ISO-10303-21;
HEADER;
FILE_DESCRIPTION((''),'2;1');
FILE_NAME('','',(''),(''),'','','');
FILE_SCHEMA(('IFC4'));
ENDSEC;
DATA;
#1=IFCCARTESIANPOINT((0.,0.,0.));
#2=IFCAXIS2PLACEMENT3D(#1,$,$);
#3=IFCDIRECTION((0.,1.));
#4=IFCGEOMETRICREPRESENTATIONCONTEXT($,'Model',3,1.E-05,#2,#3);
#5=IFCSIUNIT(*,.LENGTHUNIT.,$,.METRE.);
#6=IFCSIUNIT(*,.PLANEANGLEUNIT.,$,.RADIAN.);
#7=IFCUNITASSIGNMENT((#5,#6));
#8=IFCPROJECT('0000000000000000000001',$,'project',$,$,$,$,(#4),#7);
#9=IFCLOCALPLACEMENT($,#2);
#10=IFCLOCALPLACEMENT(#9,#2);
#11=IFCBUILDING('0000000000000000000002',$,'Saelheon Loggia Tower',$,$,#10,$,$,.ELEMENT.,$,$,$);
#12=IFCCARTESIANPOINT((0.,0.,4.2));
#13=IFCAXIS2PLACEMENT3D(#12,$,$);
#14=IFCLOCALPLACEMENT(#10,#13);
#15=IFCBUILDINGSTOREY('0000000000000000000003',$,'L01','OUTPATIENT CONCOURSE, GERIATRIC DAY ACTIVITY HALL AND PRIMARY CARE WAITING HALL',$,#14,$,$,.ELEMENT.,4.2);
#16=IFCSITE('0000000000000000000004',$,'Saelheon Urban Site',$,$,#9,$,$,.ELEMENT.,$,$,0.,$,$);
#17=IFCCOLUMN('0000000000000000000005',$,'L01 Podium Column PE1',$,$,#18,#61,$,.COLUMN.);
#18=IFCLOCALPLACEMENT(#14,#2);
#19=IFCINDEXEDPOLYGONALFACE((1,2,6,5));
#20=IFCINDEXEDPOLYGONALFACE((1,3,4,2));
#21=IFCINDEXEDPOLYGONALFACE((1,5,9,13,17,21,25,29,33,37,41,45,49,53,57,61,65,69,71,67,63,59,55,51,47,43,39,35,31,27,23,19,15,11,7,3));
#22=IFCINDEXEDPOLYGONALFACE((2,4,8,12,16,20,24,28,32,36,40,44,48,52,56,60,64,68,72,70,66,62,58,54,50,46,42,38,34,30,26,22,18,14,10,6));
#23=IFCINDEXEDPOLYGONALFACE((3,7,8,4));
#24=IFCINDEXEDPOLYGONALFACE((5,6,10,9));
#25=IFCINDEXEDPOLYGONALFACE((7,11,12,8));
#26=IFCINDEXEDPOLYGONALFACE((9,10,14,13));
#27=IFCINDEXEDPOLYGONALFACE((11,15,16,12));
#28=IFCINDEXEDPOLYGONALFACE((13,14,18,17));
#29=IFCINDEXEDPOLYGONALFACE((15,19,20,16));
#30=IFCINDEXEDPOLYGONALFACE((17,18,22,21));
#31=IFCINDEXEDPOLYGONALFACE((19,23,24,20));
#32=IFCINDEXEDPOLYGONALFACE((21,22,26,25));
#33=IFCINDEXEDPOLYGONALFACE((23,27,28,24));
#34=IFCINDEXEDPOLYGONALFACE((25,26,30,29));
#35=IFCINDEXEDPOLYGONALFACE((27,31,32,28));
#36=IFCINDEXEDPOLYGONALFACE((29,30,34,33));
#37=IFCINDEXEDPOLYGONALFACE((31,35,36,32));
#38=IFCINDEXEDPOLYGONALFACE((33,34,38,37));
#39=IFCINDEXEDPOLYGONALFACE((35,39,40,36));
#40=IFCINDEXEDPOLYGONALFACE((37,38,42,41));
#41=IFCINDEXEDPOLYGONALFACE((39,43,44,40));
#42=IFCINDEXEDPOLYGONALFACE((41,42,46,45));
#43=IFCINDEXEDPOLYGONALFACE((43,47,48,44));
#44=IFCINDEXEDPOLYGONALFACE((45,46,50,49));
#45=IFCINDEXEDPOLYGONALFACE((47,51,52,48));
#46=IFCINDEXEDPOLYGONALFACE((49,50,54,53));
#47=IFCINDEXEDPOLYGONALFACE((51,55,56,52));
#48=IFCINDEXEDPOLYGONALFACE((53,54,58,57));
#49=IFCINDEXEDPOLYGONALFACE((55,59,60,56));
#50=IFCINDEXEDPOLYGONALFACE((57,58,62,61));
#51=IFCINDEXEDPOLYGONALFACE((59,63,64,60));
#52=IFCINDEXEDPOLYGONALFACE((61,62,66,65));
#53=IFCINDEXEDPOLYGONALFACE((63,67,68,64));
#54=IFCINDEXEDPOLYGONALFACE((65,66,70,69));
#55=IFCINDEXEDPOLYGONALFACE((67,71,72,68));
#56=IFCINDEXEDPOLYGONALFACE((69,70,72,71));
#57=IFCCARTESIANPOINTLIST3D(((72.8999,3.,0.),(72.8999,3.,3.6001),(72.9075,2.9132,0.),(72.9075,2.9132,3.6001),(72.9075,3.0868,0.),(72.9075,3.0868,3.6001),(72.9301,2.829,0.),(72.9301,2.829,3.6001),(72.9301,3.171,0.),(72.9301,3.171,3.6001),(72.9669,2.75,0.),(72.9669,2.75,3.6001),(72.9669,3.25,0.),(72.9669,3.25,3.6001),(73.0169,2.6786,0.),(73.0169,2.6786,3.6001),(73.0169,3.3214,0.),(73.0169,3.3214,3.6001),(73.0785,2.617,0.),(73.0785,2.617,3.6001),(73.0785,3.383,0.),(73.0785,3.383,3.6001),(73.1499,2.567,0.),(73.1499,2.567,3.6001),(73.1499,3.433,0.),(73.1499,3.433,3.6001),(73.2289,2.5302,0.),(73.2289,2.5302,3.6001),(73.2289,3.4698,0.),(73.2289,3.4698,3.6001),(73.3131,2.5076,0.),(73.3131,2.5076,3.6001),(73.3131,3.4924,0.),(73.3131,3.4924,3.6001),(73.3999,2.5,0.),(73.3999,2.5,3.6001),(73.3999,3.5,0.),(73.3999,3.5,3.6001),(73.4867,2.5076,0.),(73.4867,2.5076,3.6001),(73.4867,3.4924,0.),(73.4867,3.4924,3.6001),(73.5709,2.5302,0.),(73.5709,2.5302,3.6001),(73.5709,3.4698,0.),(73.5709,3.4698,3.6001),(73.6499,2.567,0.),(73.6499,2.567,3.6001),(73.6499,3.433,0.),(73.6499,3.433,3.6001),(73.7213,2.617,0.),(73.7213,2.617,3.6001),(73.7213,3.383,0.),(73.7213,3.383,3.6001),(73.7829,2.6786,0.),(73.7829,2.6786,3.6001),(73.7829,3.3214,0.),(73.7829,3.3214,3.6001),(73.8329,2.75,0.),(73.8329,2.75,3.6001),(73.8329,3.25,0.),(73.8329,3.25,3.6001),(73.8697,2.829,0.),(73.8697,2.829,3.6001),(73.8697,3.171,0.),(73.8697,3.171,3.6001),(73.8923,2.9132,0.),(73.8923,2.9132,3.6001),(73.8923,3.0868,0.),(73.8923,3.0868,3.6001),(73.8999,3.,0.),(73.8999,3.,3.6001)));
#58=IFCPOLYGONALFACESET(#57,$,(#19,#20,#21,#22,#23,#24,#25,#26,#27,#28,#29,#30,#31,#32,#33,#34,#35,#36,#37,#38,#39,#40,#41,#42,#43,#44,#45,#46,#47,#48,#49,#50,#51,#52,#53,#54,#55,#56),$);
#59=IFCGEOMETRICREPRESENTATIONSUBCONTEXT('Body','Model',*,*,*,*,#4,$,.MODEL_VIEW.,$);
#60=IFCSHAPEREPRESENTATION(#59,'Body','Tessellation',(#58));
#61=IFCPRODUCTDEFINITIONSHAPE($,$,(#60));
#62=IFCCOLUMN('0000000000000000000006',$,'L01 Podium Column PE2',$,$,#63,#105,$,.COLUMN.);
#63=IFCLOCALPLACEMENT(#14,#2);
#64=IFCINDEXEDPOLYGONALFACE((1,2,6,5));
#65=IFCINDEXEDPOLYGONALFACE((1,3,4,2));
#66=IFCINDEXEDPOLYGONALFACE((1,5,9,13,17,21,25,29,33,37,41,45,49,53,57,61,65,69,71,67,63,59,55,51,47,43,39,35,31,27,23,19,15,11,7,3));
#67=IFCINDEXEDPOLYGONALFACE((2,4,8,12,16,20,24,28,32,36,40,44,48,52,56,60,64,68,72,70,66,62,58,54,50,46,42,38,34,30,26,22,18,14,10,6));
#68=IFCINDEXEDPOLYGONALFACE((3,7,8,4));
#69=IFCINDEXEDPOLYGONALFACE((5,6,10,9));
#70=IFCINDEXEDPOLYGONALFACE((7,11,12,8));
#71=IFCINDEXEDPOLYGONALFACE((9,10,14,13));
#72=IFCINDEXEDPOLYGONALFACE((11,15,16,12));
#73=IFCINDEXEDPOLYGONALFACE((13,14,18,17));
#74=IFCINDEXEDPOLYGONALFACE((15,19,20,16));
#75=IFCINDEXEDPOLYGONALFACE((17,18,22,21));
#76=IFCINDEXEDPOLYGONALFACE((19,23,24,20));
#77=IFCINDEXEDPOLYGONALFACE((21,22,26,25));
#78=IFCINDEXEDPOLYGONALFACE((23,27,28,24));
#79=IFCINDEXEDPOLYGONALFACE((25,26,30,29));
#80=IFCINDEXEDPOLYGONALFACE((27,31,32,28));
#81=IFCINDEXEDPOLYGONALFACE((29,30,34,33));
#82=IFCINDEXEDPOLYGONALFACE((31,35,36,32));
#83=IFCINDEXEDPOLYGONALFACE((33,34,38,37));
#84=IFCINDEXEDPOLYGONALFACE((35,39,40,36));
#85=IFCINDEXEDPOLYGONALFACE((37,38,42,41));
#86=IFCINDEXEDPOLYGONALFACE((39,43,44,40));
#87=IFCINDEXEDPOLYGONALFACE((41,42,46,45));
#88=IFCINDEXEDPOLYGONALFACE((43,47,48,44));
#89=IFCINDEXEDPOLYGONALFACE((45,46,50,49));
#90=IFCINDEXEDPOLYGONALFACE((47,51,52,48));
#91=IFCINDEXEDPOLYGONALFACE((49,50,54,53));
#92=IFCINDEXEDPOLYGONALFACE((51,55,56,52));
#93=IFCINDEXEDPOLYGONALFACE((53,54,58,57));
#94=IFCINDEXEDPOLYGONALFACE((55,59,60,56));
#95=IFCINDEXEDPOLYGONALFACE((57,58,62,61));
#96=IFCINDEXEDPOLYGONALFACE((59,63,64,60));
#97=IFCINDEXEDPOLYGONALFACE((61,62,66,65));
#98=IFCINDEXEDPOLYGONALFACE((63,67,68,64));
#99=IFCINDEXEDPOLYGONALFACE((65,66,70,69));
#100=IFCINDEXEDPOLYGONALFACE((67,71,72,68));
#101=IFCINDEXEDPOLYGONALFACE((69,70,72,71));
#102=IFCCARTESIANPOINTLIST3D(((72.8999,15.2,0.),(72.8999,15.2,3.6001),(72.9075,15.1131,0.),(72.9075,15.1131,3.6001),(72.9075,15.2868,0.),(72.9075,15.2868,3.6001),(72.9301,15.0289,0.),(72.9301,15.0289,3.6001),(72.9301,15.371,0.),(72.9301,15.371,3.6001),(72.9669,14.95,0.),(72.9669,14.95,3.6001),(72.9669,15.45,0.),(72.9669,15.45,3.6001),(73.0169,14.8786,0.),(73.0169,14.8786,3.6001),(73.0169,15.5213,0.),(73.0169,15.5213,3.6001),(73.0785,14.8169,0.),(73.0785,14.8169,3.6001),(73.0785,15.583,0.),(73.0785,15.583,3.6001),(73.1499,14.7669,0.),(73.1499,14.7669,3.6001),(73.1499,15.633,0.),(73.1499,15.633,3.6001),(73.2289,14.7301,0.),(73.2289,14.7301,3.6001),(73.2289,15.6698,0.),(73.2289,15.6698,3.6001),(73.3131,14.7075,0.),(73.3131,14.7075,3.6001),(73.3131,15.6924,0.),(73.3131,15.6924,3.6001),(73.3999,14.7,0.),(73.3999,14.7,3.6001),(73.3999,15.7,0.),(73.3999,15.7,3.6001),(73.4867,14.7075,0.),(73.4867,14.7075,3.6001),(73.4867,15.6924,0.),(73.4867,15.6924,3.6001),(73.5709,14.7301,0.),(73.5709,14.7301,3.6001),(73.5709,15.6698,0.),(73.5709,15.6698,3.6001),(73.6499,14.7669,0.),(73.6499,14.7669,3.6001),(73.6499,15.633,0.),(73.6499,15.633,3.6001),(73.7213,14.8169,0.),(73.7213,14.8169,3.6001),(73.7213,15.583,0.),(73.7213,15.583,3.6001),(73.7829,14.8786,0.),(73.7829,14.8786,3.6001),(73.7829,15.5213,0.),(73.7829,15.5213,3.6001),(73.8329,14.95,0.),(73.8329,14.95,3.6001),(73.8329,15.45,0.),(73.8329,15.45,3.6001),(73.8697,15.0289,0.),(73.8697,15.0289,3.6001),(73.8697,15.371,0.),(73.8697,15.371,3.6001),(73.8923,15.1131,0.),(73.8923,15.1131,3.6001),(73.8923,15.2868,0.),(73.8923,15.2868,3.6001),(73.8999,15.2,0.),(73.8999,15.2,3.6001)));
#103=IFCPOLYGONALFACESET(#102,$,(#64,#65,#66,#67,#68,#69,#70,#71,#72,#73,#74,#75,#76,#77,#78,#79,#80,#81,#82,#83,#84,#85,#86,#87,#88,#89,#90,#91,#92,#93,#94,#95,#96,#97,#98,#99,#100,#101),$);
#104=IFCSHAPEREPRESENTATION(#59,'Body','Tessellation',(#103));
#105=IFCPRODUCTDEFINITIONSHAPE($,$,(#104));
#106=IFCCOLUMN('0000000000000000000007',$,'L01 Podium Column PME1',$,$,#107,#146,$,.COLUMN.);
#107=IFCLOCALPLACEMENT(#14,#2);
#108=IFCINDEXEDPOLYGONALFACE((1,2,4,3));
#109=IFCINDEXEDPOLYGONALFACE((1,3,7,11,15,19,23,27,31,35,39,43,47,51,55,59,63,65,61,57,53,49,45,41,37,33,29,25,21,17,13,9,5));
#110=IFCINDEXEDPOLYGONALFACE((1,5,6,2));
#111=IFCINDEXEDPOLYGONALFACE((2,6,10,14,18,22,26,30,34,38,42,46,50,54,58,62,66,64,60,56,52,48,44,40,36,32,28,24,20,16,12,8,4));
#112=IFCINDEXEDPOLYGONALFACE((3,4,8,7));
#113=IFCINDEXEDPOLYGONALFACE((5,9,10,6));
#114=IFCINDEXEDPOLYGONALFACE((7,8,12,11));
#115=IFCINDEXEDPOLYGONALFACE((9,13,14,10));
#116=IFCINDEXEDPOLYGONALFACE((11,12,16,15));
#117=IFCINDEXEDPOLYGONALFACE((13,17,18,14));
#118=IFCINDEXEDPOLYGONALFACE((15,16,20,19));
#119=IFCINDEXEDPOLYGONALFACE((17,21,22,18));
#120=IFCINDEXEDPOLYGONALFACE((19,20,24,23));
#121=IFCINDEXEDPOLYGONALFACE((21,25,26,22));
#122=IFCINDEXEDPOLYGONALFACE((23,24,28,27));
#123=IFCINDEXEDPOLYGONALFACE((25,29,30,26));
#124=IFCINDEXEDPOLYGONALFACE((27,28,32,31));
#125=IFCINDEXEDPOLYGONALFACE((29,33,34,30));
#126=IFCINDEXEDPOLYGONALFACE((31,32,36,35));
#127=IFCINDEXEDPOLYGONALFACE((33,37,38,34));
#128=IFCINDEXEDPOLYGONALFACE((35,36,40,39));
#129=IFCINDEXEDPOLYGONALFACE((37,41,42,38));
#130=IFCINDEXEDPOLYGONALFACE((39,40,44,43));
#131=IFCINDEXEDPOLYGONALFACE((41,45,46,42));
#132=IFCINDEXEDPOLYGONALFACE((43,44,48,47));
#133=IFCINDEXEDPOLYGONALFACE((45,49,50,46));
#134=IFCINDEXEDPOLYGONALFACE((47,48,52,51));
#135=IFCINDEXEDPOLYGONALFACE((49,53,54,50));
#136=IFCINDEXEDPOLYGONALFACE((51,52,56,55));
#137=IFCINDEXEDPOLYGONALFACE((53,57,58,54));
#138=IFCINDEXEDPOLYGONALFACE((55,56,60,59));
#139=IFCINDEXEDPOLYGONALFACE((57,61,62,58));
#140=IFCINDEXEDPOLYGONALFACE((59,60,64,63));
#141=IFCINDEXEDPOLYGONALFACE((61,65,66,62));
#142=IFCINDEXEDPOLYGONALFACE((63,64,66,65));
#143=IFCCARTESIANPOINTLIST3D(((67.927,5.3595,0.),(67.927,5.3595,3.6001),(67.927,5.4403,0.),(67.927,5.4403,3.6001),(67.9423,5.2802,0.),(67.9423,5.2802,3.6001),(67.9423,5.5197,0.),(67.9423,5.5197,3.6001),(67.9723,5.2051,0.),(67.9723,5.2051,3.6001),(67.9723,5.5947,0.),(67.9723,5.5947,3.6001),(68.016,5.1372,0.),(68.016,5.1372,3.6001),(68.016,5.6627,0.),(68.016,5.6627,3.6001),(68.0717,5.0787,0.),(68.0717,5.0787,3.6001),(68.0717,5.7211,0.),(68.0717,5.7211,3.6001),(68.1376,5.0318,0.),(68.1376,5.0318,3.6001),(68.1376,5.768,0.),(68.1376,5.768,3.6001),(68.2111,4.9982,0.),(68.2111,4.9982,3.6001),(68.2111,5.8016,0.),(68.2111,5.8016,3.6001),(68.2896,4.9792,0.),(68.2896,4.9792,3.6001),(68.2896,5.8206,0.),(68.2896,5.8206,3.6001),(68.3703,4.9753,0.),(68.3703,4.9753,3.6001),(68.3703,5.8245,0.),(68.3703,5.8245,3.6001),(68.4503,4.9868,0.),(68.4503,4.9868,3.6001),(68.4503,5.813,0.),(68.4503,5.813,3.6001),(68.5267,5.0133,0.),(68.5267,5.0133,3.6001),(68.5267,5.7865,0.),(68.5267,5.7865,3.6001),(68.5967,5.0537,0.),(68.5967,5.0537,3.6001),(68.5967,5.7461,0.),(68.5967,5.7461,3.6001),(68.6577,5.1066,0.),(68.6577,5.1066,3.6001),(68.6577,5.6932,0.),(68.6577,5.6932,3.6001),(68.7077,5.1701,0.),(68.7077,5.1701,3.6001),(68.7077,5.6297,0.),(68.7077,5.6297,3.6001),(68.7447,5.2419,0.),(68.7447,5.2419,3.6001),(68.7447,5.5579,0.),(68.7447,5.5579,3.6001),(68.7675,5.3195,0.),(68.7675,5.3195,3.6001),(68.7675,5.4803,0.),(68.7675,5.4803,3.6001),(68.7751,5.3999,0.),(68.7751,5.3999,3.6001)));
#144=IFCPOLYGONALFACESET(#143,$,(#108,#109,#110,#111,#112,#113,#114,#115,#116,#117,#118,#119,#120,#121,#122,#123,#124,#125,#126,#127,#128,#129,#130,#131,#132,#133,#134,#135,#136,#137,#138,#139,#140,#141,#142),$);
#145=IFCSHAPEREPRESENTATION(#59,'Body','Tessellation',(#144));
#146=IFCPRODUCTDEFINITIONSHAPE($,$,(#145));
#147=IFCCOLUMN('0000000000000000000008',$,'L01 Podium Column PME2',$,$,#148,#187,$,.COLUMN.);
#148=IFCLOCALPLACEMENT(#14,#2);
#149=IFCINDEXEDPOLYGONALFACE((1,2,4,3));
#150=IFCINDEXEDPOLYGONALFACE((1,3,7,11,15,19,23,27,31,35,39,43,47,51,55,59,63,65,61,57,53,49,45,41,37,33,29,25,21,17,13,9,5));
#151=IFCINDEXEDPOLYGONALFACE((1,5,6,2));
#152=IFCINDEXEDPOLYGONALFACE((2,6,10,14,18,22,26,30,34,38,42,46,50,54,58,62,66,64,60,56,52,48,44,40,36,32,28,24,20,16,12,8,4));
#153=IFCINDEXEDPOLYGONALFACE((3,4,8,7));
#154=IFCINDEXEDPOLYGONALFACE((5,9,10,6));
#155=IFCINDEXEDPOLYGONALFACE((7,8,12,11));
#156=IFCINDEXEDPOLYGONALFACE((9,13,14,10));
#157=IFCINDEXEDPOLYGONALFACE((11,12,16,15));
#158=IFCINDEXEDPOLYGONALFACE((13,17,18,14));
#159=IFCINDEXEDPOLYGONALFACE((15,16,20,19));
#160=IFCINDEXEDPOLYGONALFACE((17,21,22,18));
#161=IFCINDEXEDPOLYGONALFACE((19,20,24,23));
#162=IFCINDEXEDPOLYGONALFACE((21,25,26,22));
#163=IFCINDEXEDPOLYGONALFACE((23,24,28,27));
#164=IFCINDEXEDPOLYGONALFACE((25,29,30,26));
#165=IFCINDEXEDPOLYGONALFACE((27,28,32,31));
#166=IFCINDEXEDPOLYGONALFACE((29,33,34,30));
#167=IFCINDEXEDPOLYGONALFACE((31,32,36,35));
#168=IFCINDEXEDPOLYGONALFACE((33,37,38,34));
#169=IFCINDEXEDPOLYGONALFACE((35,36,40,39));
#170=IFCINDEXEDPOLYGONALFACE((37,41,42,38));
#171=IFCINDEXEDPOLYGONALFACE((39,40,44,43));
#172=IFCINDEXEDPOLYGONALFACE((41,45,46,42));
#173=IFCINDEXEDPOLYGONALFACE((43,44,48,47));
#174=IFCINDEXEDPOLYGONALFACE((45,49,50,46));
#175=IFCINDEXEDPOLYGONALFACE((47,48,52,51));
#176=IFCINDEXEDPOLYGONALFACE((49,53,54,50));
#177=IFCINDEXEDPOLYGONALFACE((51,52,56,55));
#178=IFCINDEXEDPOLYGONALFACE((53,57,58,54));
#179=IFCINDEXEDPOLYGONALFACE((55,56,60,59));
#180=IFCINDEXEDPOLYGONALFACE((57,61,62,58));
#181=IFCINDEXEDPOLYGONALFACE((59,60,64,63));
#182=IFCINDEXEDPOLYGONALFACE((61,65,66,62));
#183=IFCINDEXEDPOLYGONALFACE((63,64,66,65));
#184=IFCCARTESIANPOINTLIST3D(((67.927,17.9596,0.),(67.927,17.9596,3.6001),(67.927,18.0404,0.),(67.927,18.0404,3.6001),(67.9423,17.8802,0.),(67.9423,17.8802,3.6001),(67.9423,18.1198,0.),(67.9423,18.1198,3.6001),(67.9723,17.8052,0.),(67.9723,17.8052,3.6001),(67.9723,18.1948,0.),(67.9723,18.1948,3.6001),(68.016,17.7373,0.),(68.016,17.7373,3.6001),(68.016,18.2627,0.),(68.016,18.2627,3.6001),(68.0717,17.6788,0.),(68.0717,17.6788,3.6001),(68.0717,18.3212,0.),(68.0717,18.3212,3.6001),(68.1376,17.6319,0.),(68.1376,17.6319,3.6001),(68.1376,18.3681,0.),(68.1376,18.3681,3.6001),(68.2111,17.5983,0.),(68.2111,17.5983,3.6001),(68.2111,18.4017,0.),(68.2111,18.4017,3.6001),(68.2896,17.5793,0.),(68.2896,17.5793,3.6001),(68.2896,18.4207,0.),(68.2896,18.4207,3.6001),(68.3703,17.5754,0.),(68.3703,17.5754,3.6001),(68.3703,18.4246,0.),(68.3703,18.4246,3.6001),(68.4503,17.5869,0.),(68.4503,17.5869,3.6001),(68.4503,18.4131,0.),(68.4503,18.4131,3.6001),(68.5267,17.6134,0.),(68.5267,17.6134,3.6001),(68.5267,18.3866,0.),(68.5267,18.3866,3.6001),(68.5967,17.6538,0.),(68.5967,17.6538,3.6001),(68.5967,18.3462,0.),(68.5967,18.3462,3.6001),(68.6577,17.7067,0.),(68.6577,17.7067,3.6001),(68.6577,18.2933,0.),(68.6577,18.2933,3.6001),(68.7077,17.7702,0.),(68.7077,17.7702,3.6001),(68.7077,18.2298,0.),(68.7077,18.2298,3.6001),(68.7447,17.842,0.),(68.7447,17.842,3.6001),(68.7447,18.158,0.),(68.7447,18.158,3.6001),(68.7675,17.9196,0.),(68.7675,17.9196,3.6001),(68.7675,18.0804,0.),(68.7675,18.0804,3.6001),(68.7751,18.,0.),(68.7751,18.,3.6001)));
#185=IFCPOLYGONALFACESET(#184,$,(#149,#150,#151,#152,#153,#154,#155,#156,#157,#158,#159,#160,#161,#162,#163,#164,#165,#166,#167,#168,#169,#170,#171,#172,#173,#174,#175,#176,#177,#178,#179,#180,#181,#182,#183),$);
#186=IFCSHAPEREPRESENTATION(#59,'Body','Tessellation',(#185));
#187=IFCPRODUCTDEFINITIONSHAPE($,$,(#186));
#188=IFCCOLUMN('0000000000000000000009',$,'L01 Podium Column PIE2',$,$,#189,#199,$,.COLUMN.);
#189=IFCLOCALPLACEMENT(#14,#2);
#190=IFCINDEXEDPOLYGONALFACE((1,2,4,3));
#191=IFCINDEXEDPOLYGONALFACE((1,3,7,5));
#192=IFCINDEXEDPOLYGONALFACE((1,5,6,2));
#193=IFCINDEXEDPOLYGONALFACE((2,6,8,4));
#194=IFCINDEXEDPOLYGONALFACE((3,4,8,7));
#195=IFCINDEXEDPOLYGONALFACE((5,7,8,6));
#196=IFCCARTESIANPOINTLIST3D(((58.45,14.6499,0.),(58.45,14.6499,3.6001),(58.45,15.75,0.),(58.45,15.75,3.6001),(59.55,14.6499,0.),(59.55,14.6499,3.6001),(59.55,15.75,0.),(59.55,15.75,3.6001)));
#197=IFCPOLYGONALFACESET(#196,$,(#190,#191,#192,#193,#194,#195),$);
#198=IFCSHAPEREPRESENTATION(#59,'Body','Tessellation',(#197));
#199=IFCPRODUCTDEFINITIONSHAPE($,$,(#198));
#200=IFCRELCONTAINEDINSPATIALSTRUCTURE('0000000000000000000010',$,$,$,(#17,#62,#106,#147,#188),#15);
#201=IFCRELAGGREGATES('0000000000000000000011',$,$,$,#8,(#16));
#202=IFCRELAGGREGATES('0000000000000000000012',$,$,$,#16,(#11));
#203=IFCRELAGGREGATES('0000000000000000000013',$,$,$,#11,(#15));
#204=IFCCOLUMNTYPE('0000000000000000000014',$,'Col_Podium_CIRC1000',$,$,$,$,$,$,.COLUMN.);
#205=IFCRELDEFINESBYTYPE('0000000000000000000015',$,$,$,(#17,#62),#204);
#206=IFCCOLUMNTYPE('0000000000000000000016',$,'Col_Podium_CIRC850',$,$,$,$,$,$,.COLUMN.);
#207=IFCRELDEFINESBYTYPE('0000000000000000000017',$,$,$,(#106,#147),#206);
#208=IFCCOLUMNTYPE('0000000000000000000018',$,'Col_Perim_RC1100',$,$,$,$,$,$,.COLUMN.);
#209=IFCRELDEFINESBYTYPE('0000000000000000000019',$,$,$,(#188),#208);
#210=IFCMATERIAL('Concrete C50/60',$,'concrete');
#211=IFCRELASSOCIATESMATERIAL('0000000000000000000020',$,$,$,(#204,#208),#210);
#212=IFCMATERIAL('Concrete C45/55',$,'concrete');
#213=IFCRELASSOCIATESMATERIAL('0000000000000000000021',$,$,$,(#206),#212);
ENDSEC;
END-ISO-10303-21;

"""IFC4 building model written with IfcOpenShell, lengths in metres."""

from ifc_helpers import new_model, si_unit, direction, frame, origin, origin_2d, place, context, subcontext, project, spatial, rectangle, circle, extrude, source, transform, mapped, material, material_profile, profile_set, type_object, element, save


model = new_model("IFC4")

# Units and contexts
model_context = context("Model", 3, precision=1e-05, world=origin(), true_north=direction((0.0, 1.0)))
body_context = subcontext(model_context, "Body", "Model", "MODEL_VIEW")
ifc_project = project(units=[si_unit("LENGTHUNIT", "METRE"), si_unit("PLANEANGLEUNIT", "RADIAN")], contexts=[model_context])

# Site, building, storey
site_placement = place(None, origin())
site = spatial("IfcSite", under=ifc_project, at=site_placement, Name="Saelheon Urban Site", CompositionType="ELEMENT", RefElevation=0.0)
building_placement = place(site_placement, origin())
building = spatial("IfcBuilding", under=site, at=building_placement, Name="Saelheon Loggia Tower", CompositionType="ELEMENT")
storey_placement = place(building_placement, frame((0.0, 0.0, 4.2)))
storey = spatial("IfcBuildingStorey", under=building, at=storey_placement, Name="L01", Description="OUTPATIENT CONCOURSE, GERIATRIC DAY ACTIVITY HALL AND PRIMARY CARE WAITING HALL", CompositionType="ELEMENT", Elevation=4.2)

# Columns
ifc_material_1 = material(Name="Concrete C50/60", Category="concrete")
ifc_material_profile_1 = material_profile(ifc_material_1, circle(Radius=0.5, at=origin_2d()), Name="CIRC-1000")
ifc_profile_set_1 = profile_set([ifc_material_profile_1], Name="Concrete C50/60")
column_type_1 = type_object("IfcColumnType", Name="Col_Podium_CIRC1000", PredefinedType="COLUMN", material=ifc_profile_set_1)
shared_shape_1 = source(origin(), body_context, "Body", "SweptSolid", [
    extrude(circle(Radius=0.5, at=origin_2d()), origin(), (0.0, 0.0, 1.0), 3.6001),
])
for number, where, z_axis, x_axis, name in (
    (1, (73.3999, 3.0, 0.0), (0.0, 0.0, 1.0), (1.0, 0.0, 0.0), "L01 Podium Column PE1"),
    (2, (73.3999, 15.2, 0.0), (0.0, 0.0, 1.0), (1.0, 0.0, 0.0), "L01 Podium Column PE2"),
):
    element("IfcColumn", number, at=place(storey_placement, frame(where, z_axis=z_axis, x_axis=x_axis)), inside=storey, type_object=column_type_1, Name=name, PredefinedType="COLUMN", context=body_context, shape_type="MappedRepresentation", body=[
        mapped(shared_shape_1, transform((0.0, 0.0, 0.0), scale=1.0)),
    ])
ifc_material_2 = material(Name="Concrete C45/55", Category="concrete")
ifc_material_profile_2 = material_profile(ifc_material_2, circle(Radius=0.425, at=origin_2d()), Name="CIRC-850")
ifc_profile_set_2 = profile_set([ifc_material_profile_2], Name="Concrete C45/55")
column_type_2 = type_object("IfcColumnType", Name="Col_Podium_CIRC850", PredefinedType="COLUMN", material=ifc_profile_set_2)
shared_shape_2 = source(origin(), body_context, "Body", "SweptSolid", [
    extrude(circle(Radius=0.425, at=origin_2d()), origin(), (0.0, 0.0, 1.0), 3.6001),
])
for number, where, z_axis, x_axis, name in (
    (3, (68.3501, 5.3999, 0.0), (0.0, 0.0, 1.0), (1.0, 0.0, 0.0), "L01 Podium Column PME1"),
    (4, (68.3501, 18.0, 0.0), (0.0, 0.0, 1.0), (1.0, 0.0, 0.0), "L01 Podium Column PME2"),
):
    element("IfcColumn", number, at=place(storey_placement, frame(where, z_axis=z_axis, x_axis=x_axis)), inside=storey, type_object=column_type_2, Name=name, PredefinedType="COLUMN", context=body_context, shape_type="MappedRepresentation", body=[
        mapped(shared_shape_2, transform((0.0, 0.0, 0.0), scale=1.0)),
    ])
ifc_material_profile_3 = material_profile(ifc_material_1, rectangle(XDim=1.1001, YDim=1.1001, at=origin_2d()), Name="RC-1100x1100")
ifc_profile_set_3 = profile_set([ifc_material_profile_3], Name="Concrete C50/60")
column_type_3 = type_object("IfcColumnType", Name="Col_Perim_RC1100", PredefinedType="COLUMN", material=ifc_profile_set_3)
shared_shape_3 = source(origin(), body_context, "Body", "SweptSolid", [
    extrude(rectangle(XDim=1.1001, YDim=1.1001, at=origin_2d()), origin(), (0.0, 0.0, 1.0), 3.6001),
])
for number, where, z_axis, x_axis, name in (
    (5, (59.0, 15.2, 0.0), (0.0, 0.0, 1.0), (1.0, 0.0, 0.0), "L01 Podium Column PIE2"),
):
    element("IfcColumn", number, at=place(storey_placement, frame(where, z_axis=z_axis, x_axis=x_axis)), inside=storey, type_object=column_type_3, Name=name, PredefinedType="COLUMN", context=body_context, shape_type="MappedRepresentation", body=[
        mapped(shared_shape_3, transform((0.0, 0.0, 0.0), scale=1.0)),
    ])

save(model, "model.ifc")
